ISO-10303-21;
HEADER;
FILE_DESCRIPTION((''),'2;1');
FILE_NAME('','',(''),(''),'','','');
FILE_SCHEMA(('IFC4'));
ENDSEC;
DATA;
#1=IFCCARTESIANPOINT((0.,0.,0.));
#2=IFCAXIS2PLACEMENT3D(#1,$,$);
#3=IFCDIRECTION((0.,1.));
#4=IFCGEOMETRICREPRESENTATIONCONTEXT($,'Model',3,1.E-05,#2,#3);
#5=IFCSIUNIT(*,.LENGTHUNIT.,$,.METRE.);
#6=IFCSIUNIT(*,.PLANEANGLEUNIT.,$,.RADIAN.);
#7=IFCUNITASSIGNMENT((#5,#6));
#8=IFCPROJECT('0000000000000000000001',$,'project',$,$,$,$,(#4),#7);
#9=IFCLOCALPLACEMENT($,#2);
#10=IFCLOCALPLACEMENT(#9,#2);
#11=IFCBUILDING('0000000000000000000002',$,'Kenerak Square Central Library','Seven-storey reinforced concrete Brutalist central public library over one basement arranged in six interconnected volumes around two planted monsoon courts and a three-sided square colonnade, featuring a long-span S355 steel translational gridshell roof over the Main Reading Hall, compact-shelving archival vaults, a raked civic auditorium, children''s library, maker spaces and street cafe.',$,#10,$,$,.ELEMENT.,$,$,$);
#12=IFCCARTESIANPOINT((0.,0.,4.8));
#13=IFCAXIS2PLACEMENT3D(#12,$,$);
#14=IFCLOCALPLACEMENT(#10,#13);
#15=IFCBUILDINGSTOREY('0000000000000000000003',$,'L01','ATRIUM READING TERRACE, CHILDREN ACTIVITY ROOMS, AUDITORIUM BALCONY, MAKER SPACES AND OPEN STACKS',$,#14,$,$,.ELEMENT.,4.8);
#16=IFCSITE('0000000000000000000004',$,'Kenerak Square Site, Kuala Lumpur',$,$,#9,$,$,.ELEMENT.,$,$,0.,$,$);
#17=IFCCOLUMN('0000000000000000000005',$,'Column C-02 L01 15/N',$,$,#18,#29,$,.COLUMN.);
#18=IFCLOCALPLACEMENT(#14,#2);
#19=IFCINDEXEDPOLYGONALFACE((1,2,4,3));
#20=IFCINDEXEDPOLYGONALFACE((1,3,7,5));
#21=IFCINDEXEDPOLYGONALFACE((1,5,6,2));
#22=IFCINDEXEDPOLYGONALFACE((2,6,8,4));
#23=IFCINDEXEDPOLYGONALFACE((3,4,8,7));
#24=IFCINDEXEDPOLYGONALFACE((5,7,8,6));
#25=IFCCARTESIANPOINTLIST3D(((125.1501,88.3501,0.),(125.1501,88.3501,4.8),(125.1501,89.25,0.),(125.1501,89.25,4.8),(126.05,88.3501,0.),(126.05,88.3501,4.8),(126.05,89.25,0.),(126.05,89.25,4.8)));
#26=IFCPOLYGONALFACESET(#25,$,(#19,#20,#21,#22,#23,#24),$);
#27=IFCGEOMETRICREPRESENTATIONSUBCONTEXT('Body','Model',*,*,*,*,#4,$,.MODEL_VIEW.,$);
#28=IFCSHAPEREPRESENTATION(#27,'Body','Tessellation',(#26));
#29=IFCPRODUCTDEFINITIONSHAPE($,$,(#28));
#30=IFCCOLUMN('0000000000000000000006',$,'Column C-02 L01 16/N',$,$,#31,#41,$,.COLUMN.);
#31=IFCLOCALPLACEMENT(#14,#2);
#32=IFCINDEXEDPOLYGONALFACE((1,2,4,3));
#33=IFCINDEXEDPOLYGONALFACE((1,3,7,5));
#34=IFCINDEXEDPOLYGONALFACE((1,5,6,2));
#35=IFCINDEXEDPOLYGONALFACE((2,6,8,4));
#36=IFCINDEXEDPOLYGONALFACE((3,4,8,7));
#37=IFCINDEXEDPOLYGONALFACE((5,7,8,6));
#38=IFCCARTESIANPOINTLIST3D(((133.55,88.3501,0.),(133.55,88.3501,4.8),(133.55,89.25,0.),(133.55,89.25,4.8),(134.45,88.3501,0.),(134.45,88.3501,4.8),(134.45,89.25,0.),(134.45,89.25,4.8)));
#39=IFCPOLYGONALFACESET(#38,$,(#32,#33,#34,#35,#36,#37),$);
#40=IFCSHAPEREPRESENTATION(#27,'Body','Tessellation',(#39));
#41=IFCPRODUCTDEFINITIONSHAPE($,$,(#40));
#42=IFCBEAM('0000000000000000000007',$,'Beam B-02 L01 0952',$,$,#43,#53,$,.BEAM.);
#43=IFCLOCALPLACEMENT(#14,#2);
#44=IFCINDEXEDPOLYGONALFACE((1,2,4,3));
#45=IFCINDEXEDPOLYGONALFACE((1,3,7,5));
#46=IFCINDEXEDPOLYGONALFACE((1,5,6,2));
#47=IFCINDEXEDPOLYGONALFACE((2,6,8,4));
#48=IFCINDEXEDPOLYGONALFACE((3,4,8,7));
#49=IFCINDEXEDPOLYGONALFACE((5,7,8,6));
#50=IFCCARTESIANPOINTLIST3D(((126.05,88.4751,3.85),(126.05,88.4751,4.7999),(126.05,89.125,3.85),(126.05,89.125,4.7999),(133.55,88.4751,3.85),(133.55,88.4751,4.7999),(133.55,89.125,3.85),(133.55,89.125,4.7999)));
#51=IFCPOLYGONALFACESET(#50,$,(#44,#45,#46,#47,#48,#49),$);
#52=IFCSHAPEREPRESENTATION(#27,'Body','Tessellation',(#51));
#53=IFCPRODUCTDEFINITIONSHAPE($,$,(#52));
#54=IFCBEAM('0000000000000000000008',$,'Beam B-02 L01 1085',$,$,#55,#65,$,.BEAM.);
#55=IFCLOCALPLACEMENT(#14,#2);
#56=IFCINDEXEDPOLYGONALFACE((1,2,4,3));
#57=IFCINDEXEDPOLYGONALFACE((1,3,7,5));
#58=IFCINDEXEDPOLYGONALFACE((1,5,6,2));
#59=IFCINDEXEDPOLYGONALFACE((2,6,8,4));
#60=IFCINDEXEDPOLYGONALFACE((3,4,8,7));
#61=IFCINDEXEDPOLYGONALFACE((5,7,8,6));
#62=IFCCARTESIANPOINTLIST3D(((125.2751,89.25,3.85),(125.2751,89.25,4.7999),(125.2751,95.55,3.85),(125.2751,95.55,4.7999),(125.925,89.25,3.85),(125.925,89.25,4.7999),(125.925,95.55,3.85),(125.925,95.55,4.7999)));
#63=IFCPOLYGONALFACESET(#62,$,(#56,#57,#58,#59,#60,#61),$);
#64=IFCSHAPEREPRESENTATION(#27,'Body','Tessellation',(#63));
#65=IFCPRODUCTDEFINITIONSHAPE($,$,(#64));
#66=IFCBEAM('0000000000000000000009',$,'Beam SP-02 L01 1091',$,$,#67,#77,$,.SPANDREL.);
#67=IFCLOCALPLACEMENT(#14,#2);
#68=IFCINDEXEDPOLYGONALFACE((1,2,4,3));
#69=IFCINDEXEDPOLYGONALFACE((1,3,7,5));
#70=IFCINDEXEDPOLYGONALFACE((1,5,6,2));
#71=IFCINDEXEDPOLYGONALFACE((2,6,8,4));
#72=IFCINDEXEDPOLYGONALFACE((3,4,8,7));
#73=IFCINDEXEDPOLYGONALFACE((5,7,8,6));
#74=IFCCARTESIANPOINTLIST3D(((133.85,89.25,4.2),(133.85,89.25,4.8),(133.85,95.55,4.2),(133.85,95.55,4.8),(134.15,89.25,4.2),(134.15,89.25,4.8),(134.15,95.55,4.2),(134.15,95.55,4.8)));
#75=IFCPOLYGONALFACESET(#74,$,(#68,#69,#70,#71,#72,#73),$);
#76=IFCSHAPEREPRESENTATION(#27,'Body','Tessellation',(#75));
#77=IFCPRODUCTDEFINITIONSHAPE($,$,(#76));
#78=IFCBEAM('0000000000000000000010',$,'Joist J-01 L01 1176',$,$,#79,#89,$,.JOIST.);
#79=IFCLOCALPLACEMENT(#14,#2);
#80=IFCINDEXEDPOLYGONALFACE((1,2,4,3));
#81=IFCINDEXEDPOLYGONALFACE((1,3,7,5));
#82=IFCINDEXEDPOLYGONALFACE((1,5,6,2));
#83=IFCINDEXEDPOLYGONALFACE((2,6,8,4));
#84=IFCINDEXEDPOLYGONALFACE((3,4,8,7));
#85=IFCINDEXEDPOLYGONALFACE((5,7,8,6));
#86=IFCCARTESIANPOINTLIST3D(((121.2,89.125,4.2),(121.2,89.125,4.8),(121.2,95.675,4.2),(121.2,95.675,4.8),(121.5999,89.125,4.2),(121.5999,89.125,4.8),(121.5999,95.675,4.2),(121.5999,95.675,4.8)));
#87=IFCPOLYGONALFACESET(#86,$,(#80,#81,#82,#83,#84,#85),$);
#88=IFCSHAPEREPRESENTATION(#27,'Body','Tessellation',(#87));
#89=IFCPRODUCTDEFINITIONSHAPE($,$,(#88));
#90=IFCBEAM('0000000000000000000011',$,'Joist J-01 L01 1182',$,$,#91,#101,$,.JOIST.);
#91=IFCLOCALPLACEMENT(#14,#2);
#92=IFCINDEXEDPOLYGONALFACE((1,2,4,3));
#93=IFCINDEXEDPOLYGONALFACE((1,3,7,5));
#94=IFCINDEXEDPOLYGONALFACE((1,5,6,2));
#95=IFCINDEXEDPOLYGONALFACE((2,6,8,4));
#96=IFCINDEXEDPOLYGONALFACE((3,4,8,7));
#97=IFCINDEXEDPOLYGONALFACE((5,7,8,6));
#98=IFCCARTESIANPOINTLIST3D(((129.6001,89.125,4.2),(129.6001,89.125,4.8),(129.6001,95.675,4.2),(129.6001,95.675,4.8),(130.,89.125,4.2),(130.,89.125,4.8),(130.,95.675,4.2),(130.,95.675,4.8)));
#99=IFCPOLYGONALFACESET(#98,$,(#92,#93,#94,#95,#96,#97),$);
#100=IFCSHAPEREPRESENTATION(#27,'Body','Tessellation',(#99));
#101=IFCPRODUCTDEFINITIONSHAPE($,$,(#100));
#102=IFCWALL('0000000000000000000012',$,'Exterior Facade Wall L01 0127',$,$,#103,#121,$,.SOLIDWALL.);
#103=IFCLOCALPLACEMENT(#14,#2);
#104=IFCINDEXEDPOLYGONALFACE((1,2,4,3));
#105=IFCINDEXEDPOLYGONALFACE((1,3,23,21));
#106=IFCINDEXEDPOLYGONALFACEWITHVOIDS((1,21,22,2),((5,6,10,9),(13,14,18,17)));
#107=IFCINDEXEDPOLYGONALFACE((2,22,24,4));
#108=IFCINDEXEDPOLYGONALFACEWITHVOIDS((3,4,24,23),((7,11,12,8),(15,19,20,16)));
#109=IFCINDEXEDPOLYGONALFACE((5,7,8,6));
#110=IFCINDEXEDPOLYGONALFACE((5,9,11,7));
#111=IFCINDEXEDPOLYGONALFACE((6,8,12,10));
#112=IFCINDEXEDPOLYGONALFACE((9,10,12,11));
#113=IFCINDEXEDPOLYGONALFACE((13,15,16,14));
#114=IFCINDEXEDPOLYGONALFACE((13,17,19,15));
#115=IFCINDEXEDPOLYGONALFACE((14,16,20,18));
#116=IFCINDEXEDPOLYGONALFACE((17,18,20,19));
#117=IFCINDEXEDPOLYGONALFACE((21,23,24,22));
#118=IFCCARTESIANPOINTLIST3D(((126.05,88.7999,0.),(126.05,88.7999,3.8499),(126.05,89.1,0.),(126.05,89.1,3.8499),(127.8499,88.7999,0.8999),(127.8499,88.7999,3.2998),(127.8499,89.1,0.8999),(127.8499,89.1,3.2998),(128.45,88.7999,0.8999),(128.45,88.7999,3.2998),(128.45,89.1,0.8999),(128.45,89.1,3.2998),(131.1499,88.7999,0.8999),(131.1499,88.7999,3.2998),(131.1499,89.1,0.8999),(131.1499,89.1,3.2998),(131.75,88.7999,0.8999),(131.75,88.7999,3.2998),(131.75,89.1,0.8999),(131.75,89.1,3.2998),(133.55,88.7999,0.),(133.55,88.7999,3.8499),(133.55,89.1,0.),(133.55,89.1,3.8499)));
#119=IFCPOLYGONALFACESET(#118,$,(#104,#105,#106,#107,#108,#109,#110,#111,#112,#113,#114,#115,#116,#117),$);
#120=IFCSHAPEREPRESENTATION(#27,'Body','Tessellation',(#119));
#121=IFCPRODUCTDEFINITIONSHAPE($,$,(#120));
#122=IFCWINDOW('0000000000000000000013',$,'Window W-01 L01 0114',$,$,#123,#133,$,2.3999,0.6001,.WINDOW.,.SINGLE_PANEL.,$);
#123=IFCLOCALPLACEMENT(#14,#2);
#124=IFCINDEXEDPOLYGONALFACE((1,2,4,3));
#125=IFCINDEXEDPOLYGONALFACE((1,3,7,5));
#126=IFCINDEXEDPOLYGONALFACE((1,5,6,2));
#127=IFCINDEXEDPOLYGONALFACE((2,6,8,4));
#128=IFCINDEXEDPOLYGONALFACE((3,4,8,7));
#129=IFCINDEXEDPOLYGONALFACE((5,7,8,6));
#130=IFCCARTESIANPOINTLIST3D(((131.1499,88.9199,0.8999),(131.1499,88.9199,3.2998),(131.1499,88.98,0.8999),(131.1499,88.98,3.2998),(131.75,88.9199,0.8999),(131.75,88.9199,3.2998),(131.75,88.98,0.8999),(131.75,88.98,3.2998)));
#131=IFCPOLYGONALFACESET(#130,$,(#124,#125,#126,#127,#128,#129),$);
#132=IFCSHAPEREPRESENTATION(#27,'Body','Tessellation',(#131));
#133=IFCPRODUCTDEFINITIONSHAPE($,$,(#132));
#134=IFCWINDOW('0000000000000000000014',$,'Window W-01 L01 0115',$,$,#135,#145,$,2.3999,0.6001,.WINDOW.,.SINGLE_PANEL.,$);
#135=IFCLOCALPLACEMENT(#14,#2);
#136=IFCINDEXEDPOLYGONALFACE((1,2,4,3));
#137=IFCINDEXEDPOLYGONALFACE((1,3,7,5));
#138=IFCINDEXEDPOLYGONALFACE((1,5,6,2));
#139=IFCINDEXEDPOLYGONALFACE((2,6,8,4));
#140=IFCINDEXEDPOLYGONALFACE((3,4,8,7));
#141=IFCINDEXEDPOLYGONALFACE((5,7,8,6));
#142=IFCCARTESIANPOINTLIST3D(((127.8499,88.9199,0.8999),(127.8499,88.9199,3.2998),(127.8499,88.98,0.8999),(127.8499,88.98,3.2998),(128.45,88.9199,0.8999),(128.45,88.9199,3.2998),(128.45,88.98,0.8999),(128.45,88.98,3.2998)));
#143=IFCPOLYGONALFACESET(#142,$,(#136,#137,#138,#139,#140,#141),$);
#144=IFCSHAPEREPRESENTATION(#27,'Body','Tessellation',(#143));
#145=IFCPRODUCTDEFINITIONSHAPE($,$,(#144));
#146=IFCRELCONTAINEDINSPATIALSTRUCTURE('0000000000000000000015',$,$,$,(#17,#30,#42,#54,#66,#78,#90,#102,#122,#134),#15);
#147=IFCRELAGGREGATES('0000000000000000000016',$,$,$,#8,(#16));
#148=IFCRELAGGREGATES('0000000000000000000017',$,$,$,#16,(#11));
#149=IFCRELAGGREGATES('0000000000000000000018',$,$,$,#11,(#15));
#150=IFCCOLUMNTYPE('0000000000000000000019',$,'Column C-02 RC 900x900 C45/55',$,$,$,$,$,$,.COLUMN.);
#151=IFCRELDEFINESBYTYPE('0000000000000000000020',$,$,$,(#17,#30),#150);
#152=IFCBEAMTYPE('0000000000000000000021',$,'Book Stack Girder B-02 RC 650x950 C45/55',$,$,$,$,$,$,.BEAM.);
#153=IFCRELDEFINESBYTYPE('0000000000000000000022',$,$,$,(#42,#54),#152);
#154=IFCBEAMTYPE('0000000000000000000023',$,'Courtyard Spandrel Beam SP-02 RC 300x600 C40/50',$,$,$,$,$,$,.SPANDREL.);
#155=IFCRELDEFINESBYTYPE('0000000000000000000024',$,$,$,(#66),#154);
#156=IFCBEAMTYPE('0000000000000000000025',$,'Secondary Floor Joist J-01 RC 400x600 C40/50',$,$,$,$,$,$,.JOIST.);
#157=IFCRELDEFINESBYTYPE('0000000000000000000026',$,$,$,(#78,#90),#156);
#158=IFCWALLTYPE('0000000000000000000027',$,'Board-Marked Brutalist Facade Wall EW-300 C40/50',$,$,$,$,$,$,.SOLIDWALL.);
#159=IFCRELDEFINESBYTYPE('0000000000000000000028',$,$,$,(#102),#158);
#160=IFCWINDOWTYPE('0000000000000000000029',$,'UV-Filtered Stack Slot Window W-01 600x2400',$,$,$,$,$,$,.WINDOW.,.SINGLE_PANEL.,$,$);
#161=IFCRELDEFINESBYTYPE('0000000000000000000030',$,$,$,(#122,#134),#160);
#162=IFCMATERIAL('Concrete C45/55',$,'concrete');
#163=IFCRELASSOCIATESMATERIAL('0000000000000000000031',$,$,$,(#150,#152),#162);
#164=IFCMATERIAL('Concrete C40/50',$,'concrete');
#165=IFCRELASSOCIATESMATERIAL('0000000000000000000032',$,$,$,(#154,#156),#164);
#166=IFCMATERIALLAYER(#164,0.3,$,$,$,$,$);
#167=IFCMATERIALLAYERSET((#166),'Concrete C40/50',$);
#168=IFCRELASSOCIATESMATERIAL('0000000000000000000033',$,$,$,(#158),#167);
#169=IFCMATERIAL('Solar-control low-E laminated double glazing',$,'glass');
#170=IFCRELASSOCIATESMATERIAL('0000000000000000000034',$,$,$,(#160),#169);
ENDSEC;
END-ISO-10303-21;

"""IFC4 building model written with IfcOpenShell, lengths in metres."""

from ifc_helpers import new_model, si_unit, direction, frame, frame_2d, origin, origin_2d, place, context, subcontext, project, spatial, rectangle, extrude, material, layer, layer_set, material_profile, profile_set, type_object, element, fill, save


model = new_model("IFC4")

# Units and contexts
model_context = context("Model", 3, precision=1e-05, world=origin(), true_north=direction((0.0, 1.0)))
body_context = subcontext(model_context, "Body", "Model", "MODEL_VIEW")
ifc_project = project(units=[si_unit("LENGTHUNIT", "METRE"), si_unit("PLANEANGLEUNIT", "RADIAN")], contexts=[model_context])

# Site, building, storey
site_placement = place(None, origin())
site = spatial("IfcSite", under=ifc_project, at=site_placement, Name="Kenerak Square Site, Kuala Lumpur", CompositionType="ELEMENT", RefElevation=0.0)
building_placement = place(site_placement, origin())
building = spatial("IfcBuilding", under=site, at=building_placement, Name="Kenerak Square Central Library", Description="Seven-storey reinforced concrete Brutalist central public library over one basement arranged in six interconnected volumes around two planted monsoon courts and a three-sided square colonnade, featuring a long-span S355 steel translational gridshell roof over the Main Reading Hall, compact-shelving archival vaults, a raked civic auditorium, children's library, maker spaces and street cafe.", CompositionType="ELEMENT")
storey_placement = place(building_placement, frame((0.0, 0.0, 4.8)))
storey = spatial("IfcBuildingStorey", under=building, at=storey_placement, Name="L01", Description="ATRIUM READING TERRACE, CHILDREN ACTIVITY ROOMS, AUDITORIUM BALCONY, MAKER SPACES AND OPEN STACKS", CompositionType="ELEMENT", Elevation=4.8)

# Columns
ifc_material_1 = material(Name="Concrete C45/55", Category="concrete")
ifc_material_profile_1 = material_profile(ifc_material_1, rectangle(XDim=0.8999, YDim=0.8999, at=origin_2d()), Name="RC 900x900")
ifc_profile_set_1 = profile_set([ifc_material_profile_1], Name="Concrete C45/55")
column_type = type_object("IfcColumnType", Name="Column C-02 RC 900x900 C45/55", PredefinedType="COLUMN", material=ifc_profile_set_1)
for number, where, z_axis, x_axis, name in (
    (1, (125.6001, 88.8, 0.0), (0.0, 0.0, 1.0), (1.0, 0.0, 0.0), "Column C-02 L01 15/N"),
    (2, (134.0, 88.8, 0.0), (0.0, 0.0, 1.0), (1.0, 0.0, 0.0), "Column C-02 L01 16/N"),
):
    element("IfcColumn", number, at=place(storey_placement, frame(where, z_axis=z_axis, x_axis=x_axis)), inside=storey, type_object=column_type, Name=name, PredefinedType="COLUMN", context=body_context, shape_type="SweptSolid", body=[
        extrude(rectangle(XDim=0.8999, YDim=0.8999, at=origin_2d()), origin(), (0.0, 0.0, 1.0), 4.8),
    ])

# Beams
ifc_material_profile_2 = material_profile(ifc_material_1, rectangle(XDim=0.6499, YDim=0.95, at=origin_2d()), Name="RC 650x950")
ifc_profile_set_2 = profile_set([ifc_material_profile_2], Name="Concrete C45/55")
beam_type_1 = type_object("IfcBeamType", Name="Book Stack Girder B-02 RC 650x950 C45/55", PredefinedType="BEAM", material=ifc_profile_set_2)
beam_1_placement = place(storey_placement, frame((126.05, 88.8, 4.325), z_axis=(1.0, 0.0, 0.0), x_axis=(0.0, 1.0, 0.0)))
element("IfcBeam", 3, at=beam_1_placement, inside=storey, type_object=beam_type_1, Name="Beam B-02 L01 0952", PredefinedType="BEAM", context=body_context, shape_type="SweptSolid", body=[
    extrude(rectangle(XDim=0.6499, YDim=0.95, at=origin_2d()), origin(), (0.0, 0.0, 1.0), 7.5),
])
beam_2_placement = place(storey_placement, frame((125.6001, 89.25, 4.325), z_axis=(0.0, 1.0, 0.0), x_axis=(-1.0, 0.0, 0.0)))
element("IfcBeam", 4, at=beam_2_placement, inside=storey, type_object=beam_type_1, Name="Beam B-02 L01 1085", PredefinedType="BEAM", context=body_context, shape_type="SweptSolid", body=[
    extrude(rectangle(XDim=0.6499, YDim=0.95, at=origin_2d()), origin(), (0.0, 0.0, 1.0), 6.3),
])
ifc_material_2 = material(Name="Concrete C40/50", Category="concrete")
ifc_material_profile_3 = material_profile(ifc_material_2, rectangle(XDim=0.3, YDim=0.6001, at=origin_2d()), Name="RC 300x600")
ifc_profile_set_3 = profile_set([ifc_material_profile_3], Name="Concrete C40/50")
beam_type_2 = type_object("IfcBeamType", Name="Courtyard Spandrel Beam SP-02 RC 300x600 C40/50", PredefinedType="SPANDREL", material=ifc_profile_set_3)
beam_3_placement = place(storey_placement, frame((134.0, 89.25, 4.5), z_axis=(0.0, 1.0, 0.0), x_axis=(-1.0, 0.0, 0.0)))
element("IfcBeam", 5, at=beam_3_placement, inside=storey, type_object=beam_type_2, Name="Beam SP-02 L01 1091", PredefinedType="SPANDREL", context=body_context, shape_type="SweptSolid", body=[
    extrude(rectangle(XDim=0.3, YDim=0.6001, at=origin_2d()), origin(), (0.0, 0.0, 1.0), 6.3),
])
ifc_material_profile_4 = material_profile(ifc_material_2, rectangle(XDim=0.3999, YDim=0.6001, at=origin_2d()), Name="RC 400x600")
ifc_profile_set_4 = profile_set([ifc_material_profile_4], Name="Concrete C40/50")
beam_type_3 = type_object("IfcBeamType", Name="Secondary Floor Joist J-01 RC 400x600 C40/50", PredefinedType="JOIST", material=ifc_profile_set_4)
for number, where, z_axis, x_axis, name in (
    (6, (121.3999, 89.125, 4.5), (0.0, 1.0, 0.0), (-1.0, 0.0, 0.0), "Joist J-01 L01 1176"),
    (7, (129.8, 89.125, 4.5), (0.0, 1.0, 0.0), (-1.0, 0.0, 0.0), "Joist J-01 L01 1182"),
):
    element("IfcBeam", number, at=place(storey_placement, frame(where, z_axis=z_axis, x_axis=x_axis)), inside=storey, type_object=beam_type_3, Name=name, PredefinedType="JOIST", context=body_context, shape_type="SweptSolid", body=[
        extrude(rectangle(XDim=0.3999, YDim=0.6001, at=origin_2d()), origin(), (0.0, 0.0, 1.0), 6.55),
    ])

# Wall, openings, windows
ifc_layer_1 = layer(ifc_material_2, 0.3)
ifc_layer_set_1 = layer_set([ifc_layer_1], Name="Concrete C40/50")
wall_type_1 = type_object("IfcWallType", Name="Board-Marked Brutalist Facade Wall EW-300 C40/50", PredefinedType="SOLIDWALL", material=ifc_layer_set_1)
wall_1_placement = place(storey_placement, frame((133.55, 88.95, 0.0), z_axis=(0.0, 0.0, 1.0), x_axis=(-1.0, 0.0, 0.0)))
wall_1 = element("IfcWall", 8, at=wall_1_placement, inside=storey, type_object=wall_type_1, Name="Exterior Facade Wall L01 0127", PredefinedType="SOLIDWALL", context=body_context, shape_type="SweptSolid", body=[
    extrude(rectangle(XDim=7.5, YDim=0.3, at=frame_2d((3.75, 0.0))), origin(), (0.0, 0.0, 1.0), 3.8499),
])
opening_1_placement = place(wall_1_placement, frame((1.8, 0.0, 0.8999)))
opening_1 = element("IfcOpeningElement", 9, at=opening_1_placement, cuts=wall_1, PredefinedType="OPENING", context=body_context, shape_type="SweptSolid", body=[
    extrude(rectangle(XDim=0.6001, YDim=2.3999, at=frame_2d((0.3, 1.2))), frame((0.0, 0.1599, 0.0), z_axis=(0.0, -1.0, 0.0), x_axis=(1.0, 0.0, 0.0)), (0.0, 0.0, 1.0), 0.3201),
])
opening_2_placement = place(wall_1_placement, frame((5.1001, 0.0, 0.8999)))
opening_2 = element("IfcOpeningElement", 10, at=opening_2_placement, cuts=wall_1, PredefinedType="OPENING", context=body_context, shape_type="SweptSolid", body=[
    extrude(rectangle(XDim=0.6001, YDim=2.3999, at=frame_2d((0.3, 1.2))), frame((0.0, 0.1599, 0.0), z_axis=(0.0, -1.0, 0.0), x_axis=(1.0, 0.0, 0.0)), (0.0, 0.0, 1.0), 0.3201),
])
ifc_material_3 = material(Name="Solar-control low-E laminated double glazing", Category="glass")
window_type = type_object("IfcWindowType", Name="UV-Filtered Stack Slot Window W-01 600x2400", PartitioningType="SINGLE_PANEL", PredefinedType="WINDOW", material=ifc_material_3)
window_1_placement = place(opening_1_placement, origin())
window_1 = element("IfcWindow", 11, at=window_1_placement, inside=storey, type_object=window_type, Name="Window W-01 L01 0114", OverallHeight=2.3999, OverallWidth=0.6001, PartitioningType="SINGLE_PANEL", PredefinedType="WINDOW", context=body_context, shape_type="SweptSolid", body=[
    extrude(rectangle(XDim=0.6001, YDim=2.3999, at=frame_2d((0.3, 1.2))), frame((0.0, 0.03, 0.0), z_axis=(0.0, -1.0, 0.0), x_axis=(1.0, 0.0, 0.0)), (0.0, 0.0, 1.0), 0.0601),
])
fill(opening_1, window_1)
window_2_placement = place(opening_2_placement, origin())
window_2 = element("IfcWindow", 12, at=window_2_placement, inside=storey, type_object=window_type, Name="Window W-01 L01 0115", OverallHeight=2.3999, OverallWidth=0.6001, PartitioningType="SINGLE_PANEL", PredefinedType="WINDOW", context=body_context, shape_type="SweptSolid", body=[
    extrude(rectangle(XDim=0.6001, YDim=2.3999, at=frame_2d((0.3, 1.2))), frame((0.0, 0.03, 0.0), z_axis=(0.0, -1.0, 0.0), x_axis=(1.0, 0.0, 0.0)), (0.0, 0.0, 1.0), 0.0601),
])
fill(opening_2, window_2)

save(model, "model.ifc")
